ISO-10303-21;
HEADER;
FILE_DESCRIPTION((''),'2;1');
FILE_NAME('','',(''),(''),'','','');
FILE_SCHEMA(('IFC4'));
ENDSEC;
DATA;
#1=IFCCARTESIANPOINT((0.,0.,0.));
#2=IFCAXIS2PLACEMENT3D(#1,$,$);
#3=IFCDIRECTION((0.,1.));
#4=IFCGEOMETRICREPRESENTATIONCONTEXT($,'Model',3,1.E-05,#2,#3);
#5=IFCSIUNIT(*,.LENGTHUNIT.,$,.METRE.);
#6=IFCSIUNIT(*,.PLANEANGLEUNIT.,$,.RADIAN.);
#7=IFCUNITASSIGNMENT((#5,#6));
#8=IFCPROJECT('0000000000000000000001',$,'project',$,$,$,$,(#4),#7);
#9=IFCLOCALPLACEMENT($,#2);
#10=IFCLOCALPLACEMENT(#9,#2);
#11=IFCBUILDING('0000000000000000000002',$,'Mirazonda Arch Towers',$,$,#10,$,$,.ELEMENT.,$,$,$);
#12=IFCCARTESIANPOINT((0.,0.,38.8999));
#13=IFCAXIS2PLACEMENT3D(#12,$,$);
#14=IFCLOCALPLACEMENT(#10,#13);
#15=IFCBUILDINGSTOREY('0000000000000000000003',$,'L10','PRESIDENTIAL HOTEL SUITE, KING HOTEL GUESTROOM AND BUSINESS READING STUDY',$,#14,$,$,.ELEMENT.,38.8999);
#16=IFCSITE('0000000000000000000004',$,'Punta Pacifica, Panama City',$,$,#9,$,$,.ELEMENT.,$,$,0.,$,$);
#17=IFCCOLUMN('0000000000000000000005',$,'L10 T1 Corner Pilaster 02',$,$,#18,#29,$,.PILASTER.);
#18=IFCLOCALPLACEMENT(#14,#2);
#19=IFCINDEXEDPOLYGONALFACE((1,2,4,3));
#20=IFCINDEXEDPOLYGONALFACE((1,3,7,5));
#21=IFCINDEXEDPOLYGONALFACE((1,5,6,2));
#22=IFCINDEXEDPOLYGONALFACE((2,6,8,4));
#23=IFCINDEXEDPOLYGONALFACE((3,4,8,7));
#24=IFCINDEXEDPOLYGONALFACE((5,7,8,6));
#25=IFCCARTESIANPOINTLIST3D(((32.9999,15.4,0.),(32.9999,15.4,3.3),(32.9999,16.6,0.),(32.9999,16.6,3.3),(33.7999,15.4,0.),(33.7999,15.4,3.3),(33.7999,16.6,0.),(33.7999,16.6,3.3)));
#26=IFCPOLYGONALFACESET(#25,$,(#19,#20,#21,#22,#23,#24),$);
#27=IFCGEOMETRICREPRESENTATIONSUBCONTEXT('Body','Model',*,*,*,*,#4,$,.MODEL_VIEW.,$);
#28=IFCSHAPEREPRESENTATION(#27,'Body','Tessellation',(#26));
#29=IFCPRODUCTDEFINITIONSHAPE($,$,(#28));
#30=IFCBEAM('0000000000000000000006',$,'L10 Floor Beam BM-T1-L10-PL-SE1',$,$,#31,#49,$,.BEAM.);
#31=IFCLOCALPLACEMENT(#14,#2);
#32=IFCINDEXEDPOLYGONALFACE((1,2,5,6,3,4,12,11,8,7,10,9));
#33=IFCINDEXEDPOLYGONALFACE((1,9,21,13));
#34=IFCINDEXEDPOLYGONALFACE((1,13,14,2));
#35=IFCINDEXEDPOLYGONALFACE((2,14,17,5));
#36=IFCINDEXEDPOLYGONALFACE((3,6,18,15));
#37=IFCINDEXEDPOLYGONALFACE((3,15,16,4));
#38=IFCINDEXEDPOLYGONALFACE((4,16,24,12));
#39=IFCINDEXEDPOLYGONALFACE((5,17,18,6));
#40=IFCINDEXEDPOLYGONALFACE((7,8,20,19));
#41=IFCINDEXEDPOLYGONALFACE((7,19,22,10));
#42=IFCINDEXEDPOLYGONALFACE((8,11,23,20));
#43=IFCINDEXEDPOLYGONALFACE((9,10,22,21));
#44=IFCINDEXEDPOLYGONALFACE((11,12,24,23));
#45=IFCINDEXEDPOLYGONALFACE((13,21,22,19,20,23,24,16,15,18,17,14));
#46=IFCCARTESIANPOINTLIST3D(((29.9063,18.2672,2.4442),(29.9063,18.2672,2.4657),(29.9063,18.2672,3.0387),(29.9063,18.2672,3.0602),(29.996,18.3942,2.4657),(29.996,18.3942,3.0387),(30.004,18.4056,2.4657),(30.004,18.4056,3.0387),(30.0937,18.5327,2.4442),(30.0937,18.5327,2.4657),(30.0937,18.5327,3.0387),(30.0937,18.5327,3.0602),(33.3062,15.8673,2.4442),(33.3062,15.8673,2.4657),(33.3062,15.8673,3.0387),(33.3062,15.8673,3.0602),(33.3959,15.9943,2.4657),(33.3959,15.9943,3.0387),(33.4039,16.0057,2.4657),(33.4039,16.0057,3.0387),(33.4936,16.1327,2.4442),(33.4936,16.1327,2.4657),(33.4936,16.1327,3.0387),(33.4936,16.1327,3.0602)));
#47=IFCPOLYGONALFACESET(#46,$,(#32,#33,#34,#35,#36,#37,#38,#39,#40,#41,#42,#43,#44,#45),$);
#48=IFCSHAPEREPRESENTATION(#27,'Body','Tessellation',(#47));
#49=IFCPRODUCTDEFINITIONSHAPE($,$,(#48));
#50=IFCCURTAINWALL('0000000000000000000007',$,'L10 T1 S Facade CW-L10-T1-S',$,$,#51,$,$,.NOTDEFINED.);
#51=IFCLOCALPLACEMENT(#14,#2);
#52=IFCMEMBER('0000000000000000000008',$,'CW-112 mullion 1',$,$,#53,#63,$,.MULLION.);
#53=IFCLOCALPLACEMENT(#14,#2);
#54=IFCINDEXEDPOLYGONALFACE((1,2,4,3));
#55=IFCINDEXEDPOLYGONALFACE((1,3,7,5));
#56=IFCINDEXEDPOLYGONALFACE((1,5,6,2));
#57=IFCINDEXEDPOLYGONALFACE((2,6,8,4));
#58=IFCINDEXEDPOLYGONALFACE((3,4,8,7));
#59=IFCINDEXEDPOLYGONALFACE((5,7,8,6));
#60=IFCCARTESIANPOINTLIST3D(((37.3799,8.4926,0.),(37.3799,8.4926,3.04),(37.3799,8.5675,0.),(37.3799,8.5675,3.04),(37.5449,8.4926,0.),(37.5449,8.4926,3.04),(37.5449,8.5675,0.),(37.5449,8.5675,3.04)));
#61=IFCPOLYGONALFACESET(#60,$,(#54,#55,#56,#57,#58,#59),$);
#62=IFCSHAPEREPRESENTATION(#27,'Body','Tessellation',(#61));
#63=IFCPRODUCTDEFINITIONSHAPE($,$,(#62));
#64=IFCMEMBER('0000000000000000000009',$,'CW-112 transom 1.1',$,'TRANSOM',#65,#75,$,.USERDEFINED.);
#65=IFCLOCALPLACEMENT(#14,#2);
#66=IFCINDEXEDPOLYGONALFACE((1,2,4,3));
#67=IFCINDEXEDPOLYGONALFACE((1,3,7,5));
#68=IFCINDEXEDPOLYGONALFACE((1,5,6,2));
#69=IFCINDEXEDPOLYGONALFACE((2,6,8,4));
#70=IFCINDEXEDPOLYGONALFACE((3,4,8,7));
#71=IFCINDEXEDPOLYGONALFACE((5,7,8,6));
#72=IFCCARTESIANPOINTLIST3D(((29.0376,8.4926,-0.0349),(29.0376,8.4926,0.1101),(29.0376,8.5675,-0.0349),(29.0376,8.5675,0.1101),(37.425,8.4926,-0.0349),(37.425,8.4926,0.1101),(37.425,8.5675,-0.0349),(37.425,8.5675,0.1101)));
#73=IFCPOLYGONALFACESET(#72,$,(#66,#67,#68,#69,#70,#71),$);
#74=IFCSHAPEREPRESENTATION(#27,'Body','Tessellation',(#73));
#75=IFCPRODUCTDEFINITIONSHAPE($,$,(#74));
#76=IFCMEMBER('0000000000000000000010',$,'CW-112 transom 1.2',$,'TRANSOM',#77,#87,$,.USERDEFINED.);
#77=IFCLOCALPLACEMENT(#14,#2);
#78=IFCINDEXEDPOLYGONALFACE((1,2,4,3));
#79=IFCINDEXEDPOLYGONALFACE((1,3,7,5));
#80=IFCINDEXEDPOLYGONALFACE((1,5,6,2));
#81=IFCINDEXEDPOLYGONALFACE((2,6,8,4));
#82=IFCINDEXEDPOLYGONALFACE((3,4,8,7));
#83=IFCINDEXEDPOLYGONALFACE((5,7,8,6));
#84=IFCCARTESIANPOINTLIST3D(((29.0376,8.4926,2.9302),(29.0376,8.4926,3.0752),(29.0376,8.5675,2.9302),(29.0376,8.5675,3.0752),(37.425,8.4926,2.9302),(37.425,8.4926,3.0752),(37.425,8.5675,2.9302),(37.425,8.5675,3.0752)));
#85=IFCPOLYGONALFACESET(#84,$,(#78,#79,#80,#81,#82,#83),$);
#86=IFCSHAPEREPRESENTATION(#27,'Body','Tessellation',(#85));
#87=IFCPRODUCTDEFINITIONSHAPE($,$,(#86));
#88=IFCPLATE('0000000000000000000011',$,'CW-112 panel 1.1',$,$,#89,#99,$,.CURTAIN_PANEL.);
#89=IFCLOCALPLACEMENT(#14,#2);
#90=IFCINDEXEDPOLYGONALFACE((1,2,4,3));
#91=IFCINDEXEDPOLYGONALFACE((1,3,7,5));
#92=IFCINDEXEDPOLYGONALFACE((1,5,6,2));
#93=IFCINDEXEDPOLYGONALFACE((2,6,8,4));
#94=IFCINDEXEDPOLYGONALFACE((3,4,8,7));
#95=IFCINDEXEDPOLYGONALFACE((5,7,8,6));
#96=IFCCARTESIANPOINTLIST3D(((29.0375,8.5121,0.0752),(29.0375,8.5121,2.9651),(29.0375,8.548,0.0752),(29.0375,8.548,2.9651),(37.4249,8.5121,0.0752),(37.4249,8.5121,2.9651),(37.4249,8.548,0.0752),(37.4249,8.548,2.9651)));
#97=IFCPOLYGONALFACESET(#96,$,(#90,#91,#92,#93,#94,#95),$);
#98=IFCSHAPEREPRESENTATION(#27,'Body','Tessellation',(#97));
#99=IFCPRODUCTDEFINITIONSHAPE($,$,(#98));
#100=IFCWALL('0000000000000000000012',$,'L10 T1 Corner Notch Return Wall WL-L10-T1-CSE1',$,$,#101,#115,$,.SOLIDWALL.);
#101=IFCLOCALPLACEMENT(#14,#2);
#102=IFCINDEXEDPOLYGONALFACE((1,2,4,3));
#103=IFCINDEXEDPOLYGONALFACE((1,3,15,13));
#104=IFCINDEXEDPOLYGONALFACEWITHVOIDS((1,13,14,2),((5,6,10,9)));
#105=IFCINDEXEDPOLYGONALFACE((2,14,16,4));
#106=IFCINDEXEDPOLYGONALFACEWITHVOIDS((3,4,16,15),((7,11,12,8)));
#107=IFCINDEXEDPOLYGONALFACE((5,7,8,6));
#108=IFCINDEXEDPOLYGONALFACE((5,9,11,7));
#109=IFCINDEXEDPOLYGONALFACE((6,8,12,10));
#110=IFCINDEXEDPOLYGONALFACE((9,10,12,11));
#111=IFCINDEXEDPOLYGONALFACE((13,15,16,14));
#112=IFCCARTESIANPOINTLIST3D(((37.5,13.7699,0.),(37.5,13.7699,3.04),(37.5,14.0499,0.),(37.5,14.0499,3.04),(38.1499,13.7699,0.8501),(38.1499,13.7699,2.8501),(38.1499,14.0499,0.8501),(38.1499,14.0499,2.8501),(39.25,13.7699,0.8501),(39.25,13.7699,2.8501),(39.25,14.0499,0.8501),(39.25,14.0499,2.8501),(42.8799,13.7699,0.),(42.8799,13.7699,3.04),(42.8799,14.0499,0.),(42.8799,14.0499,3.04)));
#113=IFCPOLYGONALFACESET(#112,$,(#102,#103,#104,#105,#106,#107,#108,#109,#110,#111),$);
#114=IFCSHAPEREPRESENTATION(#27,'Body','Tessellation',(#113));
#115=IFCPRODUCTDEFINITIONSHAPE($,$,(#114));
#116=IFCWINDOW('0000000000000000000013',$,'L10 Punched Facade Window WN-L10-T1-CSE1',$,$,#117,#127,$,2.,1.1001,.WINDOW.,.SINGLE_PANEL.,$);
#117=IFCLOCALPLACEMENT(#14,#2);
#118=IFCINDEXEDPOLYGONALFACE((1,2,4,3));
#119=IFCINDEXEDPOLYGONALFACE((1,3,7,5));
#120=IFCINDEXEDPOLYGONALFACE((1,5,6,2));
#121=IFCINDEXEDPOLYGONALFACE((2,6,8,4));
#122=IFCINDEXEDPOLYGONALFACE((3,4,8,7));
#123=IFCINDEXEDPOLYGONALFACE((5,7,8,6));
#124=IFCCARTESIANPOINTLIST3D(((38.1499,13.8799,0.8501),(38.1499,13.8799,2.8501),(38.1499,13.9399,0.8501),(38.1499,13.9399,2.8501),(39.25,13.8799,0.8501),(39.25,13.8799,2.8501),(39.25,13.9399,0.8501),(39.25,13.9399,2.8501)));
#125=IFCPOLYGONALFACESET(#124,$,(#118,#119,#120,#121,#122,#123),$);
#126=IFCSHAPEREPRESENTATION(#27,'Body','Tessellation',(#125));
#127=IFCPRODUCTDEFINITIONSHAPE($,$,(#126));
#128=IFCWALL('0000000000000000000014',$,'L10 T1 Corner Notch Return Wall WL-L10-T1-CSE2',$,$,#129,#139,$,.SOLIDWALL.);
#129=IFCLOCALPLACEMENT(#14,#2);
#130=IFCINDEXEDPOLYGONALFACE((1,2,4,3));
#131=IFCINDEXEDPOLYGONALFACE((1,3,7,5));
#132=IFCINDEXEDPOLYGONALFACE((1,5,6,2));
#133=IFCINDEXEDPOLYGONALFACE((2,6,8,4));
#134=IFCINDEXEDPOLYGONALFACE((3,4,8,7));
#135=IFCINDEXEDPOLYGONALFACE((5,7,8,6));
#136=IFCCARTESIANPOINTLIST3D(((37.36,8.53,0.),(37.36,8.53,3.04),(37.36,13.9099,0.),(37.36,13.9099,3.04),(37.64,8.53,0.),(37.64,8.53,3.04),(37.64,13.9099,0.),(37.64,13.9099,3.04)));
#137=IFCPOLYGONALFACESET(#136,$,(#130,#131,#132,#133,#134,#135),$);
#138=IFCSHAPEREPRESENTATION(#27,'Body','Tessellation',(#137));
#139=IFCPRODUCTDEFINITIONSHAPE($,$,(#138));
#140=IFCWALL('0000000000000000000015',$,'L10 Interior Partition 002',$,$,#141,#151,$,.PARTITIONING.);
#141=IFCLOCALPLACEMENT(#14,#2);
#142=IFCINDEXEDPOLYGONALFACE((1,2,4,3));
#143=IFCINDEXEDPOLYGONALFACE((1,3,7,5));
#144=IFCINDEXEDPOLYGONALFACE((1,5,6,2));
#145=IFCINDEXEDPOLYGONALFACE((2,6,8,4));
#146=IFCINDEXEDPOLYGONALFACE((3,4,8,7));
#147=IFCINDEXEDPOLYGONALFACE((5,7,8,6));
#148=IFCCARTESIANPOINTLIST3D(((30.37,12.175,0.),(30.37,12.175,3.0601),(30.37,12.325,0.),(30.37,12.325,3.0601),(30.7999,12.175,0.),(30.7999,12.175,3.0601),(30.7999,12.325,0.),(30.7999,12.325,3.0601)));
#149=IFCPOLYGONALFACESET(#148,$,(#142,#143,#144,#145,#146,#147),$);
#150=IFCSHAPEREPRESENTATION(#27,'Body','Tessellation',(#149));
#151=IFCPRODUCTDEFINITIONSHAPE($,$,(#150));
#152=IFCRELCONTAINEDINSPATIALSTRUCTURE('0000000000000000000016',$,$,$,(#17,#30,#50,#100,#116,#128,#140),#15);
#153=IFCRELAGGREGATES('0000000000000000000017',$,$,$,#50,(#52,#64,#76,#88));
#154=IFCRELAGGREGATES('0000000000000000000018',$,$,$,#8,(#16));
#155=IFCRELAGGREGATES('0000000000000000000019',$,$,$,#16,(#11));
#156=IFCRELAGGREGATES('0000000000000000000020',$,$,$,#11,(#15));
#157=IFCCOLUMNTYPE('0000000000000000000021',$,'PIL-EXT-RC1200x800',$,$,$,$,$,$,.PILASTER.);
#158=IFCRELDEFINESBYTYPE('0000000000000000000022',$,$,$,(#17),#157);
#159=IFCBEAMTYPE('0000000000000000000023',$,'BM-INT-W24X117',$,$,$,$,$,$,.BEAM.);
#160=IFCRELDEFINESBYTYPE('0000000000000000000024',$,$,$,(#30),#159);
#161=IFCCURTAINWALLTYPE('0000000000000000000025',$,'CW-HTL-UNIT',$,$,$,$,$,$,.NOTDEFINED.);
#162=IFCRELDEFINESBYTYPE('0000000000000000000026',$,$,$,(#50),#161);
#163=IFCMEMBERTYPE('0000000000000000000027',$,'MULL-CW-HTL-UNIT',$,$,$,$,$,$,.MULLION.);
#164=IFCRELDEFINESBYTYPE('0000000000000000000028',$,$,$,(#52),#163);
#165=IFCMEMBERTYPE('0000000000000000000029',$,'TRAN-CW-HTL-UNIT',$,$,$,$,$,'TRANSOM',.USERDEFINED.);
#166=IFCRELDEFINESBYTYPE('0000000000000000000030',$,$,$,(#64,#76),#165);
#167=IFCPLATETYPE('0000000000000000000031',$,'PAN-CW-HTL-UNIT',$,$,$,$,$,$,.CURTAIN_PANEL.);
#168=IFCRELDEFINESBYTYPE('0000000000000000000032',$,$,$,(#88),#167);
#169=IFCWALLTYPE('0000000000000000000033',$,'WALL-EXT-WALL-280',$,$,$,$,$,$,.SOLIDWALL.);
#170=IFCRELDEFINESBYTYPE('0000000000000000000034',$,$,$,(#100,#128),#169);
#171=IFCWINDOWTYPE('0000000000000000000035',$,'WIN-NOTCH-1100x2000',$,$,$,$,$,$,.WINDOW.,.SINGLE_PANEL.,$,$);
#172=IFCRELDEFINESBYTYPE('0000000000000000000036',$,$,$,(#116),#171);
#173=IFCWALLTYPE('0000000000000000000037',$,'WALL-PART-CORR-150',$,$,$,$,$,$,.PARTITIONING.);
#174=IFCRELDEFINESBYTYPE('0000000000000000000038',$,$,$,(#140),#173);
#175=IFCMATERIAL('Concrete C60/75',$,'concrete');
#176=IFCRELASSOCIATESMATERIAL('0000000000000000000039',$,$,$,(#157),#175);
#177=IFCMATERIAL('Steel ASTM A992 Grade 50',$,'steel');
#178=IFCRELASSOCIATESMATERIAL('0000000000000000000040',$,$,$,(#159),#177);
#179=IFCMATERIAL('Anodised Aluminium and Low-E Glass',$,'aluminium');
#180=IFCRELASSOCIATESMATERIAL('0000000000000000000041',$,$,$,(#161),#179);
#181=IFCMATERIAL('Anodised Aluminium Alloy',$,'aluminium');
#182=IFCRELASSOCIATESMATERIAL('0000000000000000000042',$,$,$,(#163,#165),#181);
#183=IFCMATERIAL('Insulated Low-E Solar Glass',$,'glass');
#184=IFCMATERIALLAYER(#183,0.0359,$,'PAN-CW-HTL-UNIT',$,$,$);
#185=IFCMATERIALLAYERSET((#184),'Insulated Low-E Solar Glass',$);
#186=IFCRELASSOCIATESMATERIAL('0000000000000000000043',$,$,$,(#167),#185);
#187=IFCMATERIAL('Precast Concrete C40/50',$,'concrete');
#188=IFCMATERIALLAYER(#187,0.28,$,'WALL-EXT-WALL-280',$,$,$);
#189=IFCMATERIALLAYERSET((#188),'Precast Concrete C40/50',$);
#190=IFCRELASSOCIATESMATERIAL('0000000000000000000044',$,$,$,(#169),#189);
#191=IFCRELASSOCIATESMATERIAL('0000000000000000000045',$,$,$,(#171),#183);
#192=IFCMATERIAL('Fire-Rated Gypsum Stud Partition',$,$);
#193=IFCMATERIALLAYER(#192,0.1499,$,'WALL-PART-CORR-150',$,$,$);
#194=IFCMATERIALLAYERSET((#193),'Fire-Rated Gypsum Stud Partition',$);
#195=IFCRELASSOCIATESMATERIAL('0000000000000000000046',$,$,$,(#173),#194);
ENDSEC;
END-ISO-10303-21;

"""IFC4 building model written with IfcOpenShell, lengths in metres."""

from ifc_helpers import new_model, si_unit, direction, frame, frame_2d, origin, origin_2d, place, context, subcontext, project, spatial, rectangle, i_section, extrude, material, layer, layer_set, material_profile, profile_set, type_object, element, fill, aggregate, save


model = new_model("IFC4")

# Units and contexts
model_context = context("Model", 3, precision=1e-05, world=origin(), true_north=direction((0.0, 1.0)))
body_context = subcontext(model_context, "Body", "Model", "MODEL_VIEW")
ifc_project = project(units=[si_unit("LENGTHUNIT", "METRE"), si_unit("PLANEANGLEUNIT", "RADIAN")], contexts=[model_context])

# Site, building, storey
site_placement = place(None, origin())
site = spatial("IfcSite", under=ifc_project, at=site_placement, Name="Punta Pacifica, Panama City", CompositionType="ELEMENT", RefElevation=0.0)
building_placement = place(site_placement, origin())
building = spatial("IfcBuilding", under=site, at=building_placement, Name="Mirazonda Arch Towers", CompositionType="ELEMENT")
storey_placement = place(building_placement, frame((0.0, 0.0, 38.8999)))
storey = spatial("IfcBuildingStorey", under=building, at=storey_placement, Name="L10", Description="PRESIDENTIAL HOTEL SUITE, KING HOTEL GUESTROOM AND BUSINESS READING STUDY", CompositionType="ELEMENT", Elevation=38.8999)

# Column
ifc_material_1 = material(Name="Concrete C60/75", Category="concrete")
ifc_material_profile_1 = material_profile(ifc_material_1, rectangle(XDim=0.8, YDim=1.2, at=origin_2d()), Name="RC1200x800")
ifc_profile_set_1 = profile_set([ifc_material_profile_1], Name="Concrete C60/75")
column_type = type_object("IfcColumnType", Name="PIL-EXT-RC1200x800", PredefinedType="PILASTER", material=ifc_profile_set_1)
column_placement = place(storey_placement, frame((33.3999, 16.0, 0.0), z_axis=(0.0, 0.0, 1.0), x_axis=(1.0, 0.0, 0.0)))
element("IfcColumn", 1, at=column_placement, inside=storey, type_object=column_type, Name="L10 T1 Corner Pilaster 02", PredefinedType="PILASTER", context=body_context, shape_type="SweptSolid", body=[
    extrude(rectangle(XDim=0.8, YDim=1.2, at=origin_2d()), origin(), (0.0, 0.0, 1.0), 3.3),
])

# Beam
ifc_material_2 = material(Name="Steel ASTM A992 Grade 50", Category="steel")
ifc_material_profile_2 = material_profile(ifc_material_2, i_section(OverallWidth=0.325, OverallDepth=0.616, WebThickness=0.0139, FlangeThickness=0.0215, at=origin_2d()), Name="W24X117")
ifc_profile_set_2 = profile_set([ifc_material_profile_2], Name="Steel ASTM A992 Grade 50")
beam_type = type_object("IfcBeamType", Name="BM-INT-W24X117", PredefinedType="BEAM", material=ifc_profile_set_2)
beam_placement = place(storey_placement, frame((33.3999, 16.0, 2.7522), z_axis=(-0.816971, 0.576679, 0.0), x_axis=(-0.576679, -0.816971, 0.0)))
element("IfcBeam", 2, at=beam_placement, inside=storey, type_object=beam_type, Name="L10 Floor Beam BM-T1-L10-PL-SE1", PredefinedType="BEAM", context=body_context, shape_type="SweptSolid", body=[
    extrude(i_section(OverallWidth=0.325, OverallDepth=0.616, WebThickness=0.0139, FlangeThickness=0.0215, at=origin_2d()), origin(), (0.0, 0.0, 1.0), 4.1616),
])

# Curtain wall, members, plate
ifc_material_3 = material(Name="Anodised Aluminium and Low-E Glass", Category="aluminium")
curtain_wall_type = type_object("IfcCurtainWallType", Name="CW-HTL-UNIT", PredefinedType="NOTDEFINED", material=ifc_material_3)
curtain_wall_placement = place(storey_placement, origin())
curtain_wall = element("IfcCurtainWall", 3, at=curtain_wall_placement, inside=storey, type_object=curtain_wall_type, Name="L10 T1 S Facade CW-L10-T1-S", PredefinedType="NOTDEFINED")
ifc_material_4 = material(Name="Anodised Aluminium Alloy", Category="aluminium")
ifc_material_profile_3 = material_profile(ifc_material_4, rectangle(XDim=0.075, YDim=0.165, at=origin_2d()), Name="ALU-MULL-75x165")
ifc_profile_set_3 = profile_set([ifc_material_profile_3], Name="Anodised Aluminium Alloy")
member_type_1 = type_object("IfcMemberType", Name="MULL-CW-HTL-UNIT", PredefinedType="MULLION", material=ifc_profile_set_3)
member_1_placement = place(storey_placement, frame((37.4624, 8.53, 0.0), z_axis=(0.0, 0.0, 1.0), x_axis=(0.0, -1.0, 0.0)))
member_1 = element("IfcMember", 4, at=member_1_placement, type_object=member_type_1, Name="CW-112 mullion 1", PredefinedType="MULLION", context=body_context, shape_type="SweptSolid", body=[
    extrude(rectangle(XDim=0.075, YDim=0.165, at=origin_2d()), origin(), (0.0, 0.0, 1.0), 3.04),
])
ifc_material_profile_4 = material_profile(ifc_material_4, rectangle(XDim=0.075, YDim=0.145, at=origin_2d()), Name="ALU-TRAN-75x145")
ifc_profile_set_4 = profile_set([ifc_material_profile_4], Name="Anodised Aluminium Alloy")
member_type_2 = type_object("IfcMemberType", Name="TRAN-CW-HTL-UNIT", ElementType="TRANSOM", PredefinedType="USERDEFINED", material=ifc_profile_set_4)
member_2_placement = place(storey_placement, frame((37.425, 8.53, 0.0376), z_axis=(-1.0, 0.0, 0.0), x_axis=(0.0, -1.0, 0.0)))
member_2 = element("IfcMember", 5, at=member_2_placement, type_object=member_type_2, Name="CW-112 transom 1.1", ObjectType="TRANSOM", PredefinedType="USERDEFINED", context=body_context, shape_type="SweptSolid", body=[
    extrude(rectangle(XDim=0.075, YDim=0.145, at=origin_2d()), origin(), (0.0, 0.0, 1.0), 8.3875),
])
member_3_placement = place(storey_placement, frame((37.425, 8.53, 3.0027), z_axis=(-1.0, 0.0, 0.0), x_axis=(0.0, -1.0, 0.0)))
member_3 = element("IfcMember", 6, at=member_3_placement, type_object=member_type_2, Name="CW-112 transom 1.2", ObjectType="TRANSOM", PredefinedType="USERDEFINED", context=body_context, shape_type="SweptSolid", body=[
    extrude(rectangle(XDim=0.075, YDim=0.145, at=origin_2d()), origin(), (0.0, 0.0, 1.0), 8.3875),
])
ifc_material_5 = material(Name="Insulated Low-E Solar Glass", Category="glass")
ifc_layer_1 = layer(ifc_material_5, 0.0359, Name="PAN-CW-HTL-UNIT")
ifc_layer_set_1 = layer_set([ifc_layer_1], Name="Insulated Low-E Solar Glass")
plate_type = type_object("IfcPlateType", Name="PAN-CW-HTL-UNIT", PredefinedType="CURTAIN_PANEL", material=ifc_layer_set_1)
plate_placement = place(storey_placement, frame((33.2312, 8.53, 0.0752), z_axis=(0.0, 0.0, 1.0), x_axis=(-1.0, 0.0, 0.0)))
plate = element("IfcPlate", 7, at=plate_placement, type_object=plate_type, Name="CW-112 panel 1.1", PredefinedType="CURTAIN_PANEL", context=body_context, shape_type="SweptSolid", body=[
    extrude(rectangle(XDim=8.3875, YDim=0.0359, at=origin_2d()), origin(), (0.0, 0.0, 1.0), 2.8899),
])
aggregate(curtain_wall, [member_1, member_2, member_3, plate])

# Wall, opening, window
ifc_material_6 = material(Name="Precast Concrete C40/50", Category="concrete")
ifc_layer_2 = layer(ifc_material_6, 0.28, Name="WALL-EXT-WALL-280")
ifc_layer_set_2 = layer_set([ifc_layer_2], Name="Precast Concrete C40/50")
wall_type_1 = type_object("IfcWallType", Name="WALL-EXT-WALL-280", PredefinedType="SOLIDWALL", material=ifc_layer_set_2)
wall_1_placement = place(storey_placement, frame((37.5, 13.9099, 0.0), z_axis=(0.0, 0.0, 1.0), x_axis=(1.0, 0.0, 0.0)))
wall_1 = element("IfcWall", 8, at=wall_1_placement, inside=storey, type_object=wall_type_1, Name="L10 T1 Corner Notch Return Wall WL-L10-T1-CSE1", PredefinedType="SOLIDWALL", context=body_context, shape_type="SweptSolid", body=[
    extrude(rectangle(XDim=5.3799, YDim=0.28, at=frame_2d((2.6899, 0.0))), origin(), (0.0, 0.0, 1.0), 3.04),
])
opening_1_placement = place(wall_1_placement, frame((0.6499, 0.0, 0.8501)))
opening_1 = element("IfcOpeningElement", 9, at=opening_1_placement, cuts=wall_1, PredefinedType="OPENING", context=body_context, shape_type="SweptSolid", body=[
    extrude(rectangle(XDim=1.1001, YDim=2.0, at=frame_2d((0.55, 1.0))), frame((0.0, 0.1499, 0.0), z_axis=(0.0, -1.0, 0.0), x_axis=(1.0, 0.0, 0.0)), (0.0, 0.0, 1.0), 0.3),
])
window_type = type_object("IfcWindowType", Name="WIN-NOTCH-1100x2000", PartitioningType="SINGLE_PANEL", PredefinedType="WINDOW", material=ifc_material_5)
window_placement = place(opening_1_placement, origin())
window = element("IfcWindow", 10, at=window_placement, inside=storey, type_object=window_type, Name="L10 Punched Facade Window WN-L10-T1-CSE1", OverallHeight=2.0, OverallWidth=1.1001, PartitioningType="SINGLE_PANEL", PredefinedType="WINDOW", context=body_context, shape_type="SweptSolid", body=[
    extrude(rectangle(XDim=1.1001, YDim=2.0, at=frame_2d((0.55, 1.0))), frame((0.0, 0.03, 0.0), z_axis=(0.0, -1.0, 0.0), x_axis=(1.0, 0.0, 0.0)), (0.0, 0.0, 1.0), 0.0601),
])
fill(opening_1, window)

# Walls
wall_2_placement = place(storey_placement, frame((37.5, 8.53, 0.0), z_axis=(0.0, 0.0, 1.0), x_axis=(0.0, 1.0, 0.0)))
element("IfcWall", 11, at=wall_2_placement, inside=storey, type_object=wall_type_1, Name="L10 T1 Corner Notch Return Wall WL-L10-T1-CSE2", PredefinedType="SOLIDWALL", context=body_context, shape_type="SweptSolid", body=[
    extrude(rectangle(XDim=5.3799, YDim=0.28, at=frame_2d((2.6899, 0.0))), origin(), (0.0, 0.0, 1.0), 3.04),
])
ifc_material_7 = material(Name="Fire-Rated Gypsum Stud Partition")
ifc_layer_3 = layer(ifc_material_7, 0.1499, Name="WALL-PART-CORR-150")
ifc_layer_set_3 = layer_set([ifc_layer_3], Name="Fire-Rated Gypsum Stud Partition")
wall_type_2 = type_object("IfcWallType", Name="WALL-PART-CORR-150", PredefinedType="PARTITIONING", material=ifc_layer_set_3)
wall_3_placement = place(storey_placement, frame((30.3701, 12.25, 0.0), z_axis=(0.0, 0.0, 1.0), x_axis=(1.0, 0.0, 0.0)))
element("IfcWall", 12, at=wall_3_placement, inside=storey, type_object=wall_type_2, Name="L10 Interior Partition 002", PredefinedType="PARTITIONING", context=body_context, shape_type="SweptSolid", body=[
    extrude(rectangle(XDim=0.4299, YDim=0.1499, at=frame_2d((0.2148, 0.0))), origin(), (0.0, 0.0, 1.0), 3.0601),
])

save(model, "model.ifc")
